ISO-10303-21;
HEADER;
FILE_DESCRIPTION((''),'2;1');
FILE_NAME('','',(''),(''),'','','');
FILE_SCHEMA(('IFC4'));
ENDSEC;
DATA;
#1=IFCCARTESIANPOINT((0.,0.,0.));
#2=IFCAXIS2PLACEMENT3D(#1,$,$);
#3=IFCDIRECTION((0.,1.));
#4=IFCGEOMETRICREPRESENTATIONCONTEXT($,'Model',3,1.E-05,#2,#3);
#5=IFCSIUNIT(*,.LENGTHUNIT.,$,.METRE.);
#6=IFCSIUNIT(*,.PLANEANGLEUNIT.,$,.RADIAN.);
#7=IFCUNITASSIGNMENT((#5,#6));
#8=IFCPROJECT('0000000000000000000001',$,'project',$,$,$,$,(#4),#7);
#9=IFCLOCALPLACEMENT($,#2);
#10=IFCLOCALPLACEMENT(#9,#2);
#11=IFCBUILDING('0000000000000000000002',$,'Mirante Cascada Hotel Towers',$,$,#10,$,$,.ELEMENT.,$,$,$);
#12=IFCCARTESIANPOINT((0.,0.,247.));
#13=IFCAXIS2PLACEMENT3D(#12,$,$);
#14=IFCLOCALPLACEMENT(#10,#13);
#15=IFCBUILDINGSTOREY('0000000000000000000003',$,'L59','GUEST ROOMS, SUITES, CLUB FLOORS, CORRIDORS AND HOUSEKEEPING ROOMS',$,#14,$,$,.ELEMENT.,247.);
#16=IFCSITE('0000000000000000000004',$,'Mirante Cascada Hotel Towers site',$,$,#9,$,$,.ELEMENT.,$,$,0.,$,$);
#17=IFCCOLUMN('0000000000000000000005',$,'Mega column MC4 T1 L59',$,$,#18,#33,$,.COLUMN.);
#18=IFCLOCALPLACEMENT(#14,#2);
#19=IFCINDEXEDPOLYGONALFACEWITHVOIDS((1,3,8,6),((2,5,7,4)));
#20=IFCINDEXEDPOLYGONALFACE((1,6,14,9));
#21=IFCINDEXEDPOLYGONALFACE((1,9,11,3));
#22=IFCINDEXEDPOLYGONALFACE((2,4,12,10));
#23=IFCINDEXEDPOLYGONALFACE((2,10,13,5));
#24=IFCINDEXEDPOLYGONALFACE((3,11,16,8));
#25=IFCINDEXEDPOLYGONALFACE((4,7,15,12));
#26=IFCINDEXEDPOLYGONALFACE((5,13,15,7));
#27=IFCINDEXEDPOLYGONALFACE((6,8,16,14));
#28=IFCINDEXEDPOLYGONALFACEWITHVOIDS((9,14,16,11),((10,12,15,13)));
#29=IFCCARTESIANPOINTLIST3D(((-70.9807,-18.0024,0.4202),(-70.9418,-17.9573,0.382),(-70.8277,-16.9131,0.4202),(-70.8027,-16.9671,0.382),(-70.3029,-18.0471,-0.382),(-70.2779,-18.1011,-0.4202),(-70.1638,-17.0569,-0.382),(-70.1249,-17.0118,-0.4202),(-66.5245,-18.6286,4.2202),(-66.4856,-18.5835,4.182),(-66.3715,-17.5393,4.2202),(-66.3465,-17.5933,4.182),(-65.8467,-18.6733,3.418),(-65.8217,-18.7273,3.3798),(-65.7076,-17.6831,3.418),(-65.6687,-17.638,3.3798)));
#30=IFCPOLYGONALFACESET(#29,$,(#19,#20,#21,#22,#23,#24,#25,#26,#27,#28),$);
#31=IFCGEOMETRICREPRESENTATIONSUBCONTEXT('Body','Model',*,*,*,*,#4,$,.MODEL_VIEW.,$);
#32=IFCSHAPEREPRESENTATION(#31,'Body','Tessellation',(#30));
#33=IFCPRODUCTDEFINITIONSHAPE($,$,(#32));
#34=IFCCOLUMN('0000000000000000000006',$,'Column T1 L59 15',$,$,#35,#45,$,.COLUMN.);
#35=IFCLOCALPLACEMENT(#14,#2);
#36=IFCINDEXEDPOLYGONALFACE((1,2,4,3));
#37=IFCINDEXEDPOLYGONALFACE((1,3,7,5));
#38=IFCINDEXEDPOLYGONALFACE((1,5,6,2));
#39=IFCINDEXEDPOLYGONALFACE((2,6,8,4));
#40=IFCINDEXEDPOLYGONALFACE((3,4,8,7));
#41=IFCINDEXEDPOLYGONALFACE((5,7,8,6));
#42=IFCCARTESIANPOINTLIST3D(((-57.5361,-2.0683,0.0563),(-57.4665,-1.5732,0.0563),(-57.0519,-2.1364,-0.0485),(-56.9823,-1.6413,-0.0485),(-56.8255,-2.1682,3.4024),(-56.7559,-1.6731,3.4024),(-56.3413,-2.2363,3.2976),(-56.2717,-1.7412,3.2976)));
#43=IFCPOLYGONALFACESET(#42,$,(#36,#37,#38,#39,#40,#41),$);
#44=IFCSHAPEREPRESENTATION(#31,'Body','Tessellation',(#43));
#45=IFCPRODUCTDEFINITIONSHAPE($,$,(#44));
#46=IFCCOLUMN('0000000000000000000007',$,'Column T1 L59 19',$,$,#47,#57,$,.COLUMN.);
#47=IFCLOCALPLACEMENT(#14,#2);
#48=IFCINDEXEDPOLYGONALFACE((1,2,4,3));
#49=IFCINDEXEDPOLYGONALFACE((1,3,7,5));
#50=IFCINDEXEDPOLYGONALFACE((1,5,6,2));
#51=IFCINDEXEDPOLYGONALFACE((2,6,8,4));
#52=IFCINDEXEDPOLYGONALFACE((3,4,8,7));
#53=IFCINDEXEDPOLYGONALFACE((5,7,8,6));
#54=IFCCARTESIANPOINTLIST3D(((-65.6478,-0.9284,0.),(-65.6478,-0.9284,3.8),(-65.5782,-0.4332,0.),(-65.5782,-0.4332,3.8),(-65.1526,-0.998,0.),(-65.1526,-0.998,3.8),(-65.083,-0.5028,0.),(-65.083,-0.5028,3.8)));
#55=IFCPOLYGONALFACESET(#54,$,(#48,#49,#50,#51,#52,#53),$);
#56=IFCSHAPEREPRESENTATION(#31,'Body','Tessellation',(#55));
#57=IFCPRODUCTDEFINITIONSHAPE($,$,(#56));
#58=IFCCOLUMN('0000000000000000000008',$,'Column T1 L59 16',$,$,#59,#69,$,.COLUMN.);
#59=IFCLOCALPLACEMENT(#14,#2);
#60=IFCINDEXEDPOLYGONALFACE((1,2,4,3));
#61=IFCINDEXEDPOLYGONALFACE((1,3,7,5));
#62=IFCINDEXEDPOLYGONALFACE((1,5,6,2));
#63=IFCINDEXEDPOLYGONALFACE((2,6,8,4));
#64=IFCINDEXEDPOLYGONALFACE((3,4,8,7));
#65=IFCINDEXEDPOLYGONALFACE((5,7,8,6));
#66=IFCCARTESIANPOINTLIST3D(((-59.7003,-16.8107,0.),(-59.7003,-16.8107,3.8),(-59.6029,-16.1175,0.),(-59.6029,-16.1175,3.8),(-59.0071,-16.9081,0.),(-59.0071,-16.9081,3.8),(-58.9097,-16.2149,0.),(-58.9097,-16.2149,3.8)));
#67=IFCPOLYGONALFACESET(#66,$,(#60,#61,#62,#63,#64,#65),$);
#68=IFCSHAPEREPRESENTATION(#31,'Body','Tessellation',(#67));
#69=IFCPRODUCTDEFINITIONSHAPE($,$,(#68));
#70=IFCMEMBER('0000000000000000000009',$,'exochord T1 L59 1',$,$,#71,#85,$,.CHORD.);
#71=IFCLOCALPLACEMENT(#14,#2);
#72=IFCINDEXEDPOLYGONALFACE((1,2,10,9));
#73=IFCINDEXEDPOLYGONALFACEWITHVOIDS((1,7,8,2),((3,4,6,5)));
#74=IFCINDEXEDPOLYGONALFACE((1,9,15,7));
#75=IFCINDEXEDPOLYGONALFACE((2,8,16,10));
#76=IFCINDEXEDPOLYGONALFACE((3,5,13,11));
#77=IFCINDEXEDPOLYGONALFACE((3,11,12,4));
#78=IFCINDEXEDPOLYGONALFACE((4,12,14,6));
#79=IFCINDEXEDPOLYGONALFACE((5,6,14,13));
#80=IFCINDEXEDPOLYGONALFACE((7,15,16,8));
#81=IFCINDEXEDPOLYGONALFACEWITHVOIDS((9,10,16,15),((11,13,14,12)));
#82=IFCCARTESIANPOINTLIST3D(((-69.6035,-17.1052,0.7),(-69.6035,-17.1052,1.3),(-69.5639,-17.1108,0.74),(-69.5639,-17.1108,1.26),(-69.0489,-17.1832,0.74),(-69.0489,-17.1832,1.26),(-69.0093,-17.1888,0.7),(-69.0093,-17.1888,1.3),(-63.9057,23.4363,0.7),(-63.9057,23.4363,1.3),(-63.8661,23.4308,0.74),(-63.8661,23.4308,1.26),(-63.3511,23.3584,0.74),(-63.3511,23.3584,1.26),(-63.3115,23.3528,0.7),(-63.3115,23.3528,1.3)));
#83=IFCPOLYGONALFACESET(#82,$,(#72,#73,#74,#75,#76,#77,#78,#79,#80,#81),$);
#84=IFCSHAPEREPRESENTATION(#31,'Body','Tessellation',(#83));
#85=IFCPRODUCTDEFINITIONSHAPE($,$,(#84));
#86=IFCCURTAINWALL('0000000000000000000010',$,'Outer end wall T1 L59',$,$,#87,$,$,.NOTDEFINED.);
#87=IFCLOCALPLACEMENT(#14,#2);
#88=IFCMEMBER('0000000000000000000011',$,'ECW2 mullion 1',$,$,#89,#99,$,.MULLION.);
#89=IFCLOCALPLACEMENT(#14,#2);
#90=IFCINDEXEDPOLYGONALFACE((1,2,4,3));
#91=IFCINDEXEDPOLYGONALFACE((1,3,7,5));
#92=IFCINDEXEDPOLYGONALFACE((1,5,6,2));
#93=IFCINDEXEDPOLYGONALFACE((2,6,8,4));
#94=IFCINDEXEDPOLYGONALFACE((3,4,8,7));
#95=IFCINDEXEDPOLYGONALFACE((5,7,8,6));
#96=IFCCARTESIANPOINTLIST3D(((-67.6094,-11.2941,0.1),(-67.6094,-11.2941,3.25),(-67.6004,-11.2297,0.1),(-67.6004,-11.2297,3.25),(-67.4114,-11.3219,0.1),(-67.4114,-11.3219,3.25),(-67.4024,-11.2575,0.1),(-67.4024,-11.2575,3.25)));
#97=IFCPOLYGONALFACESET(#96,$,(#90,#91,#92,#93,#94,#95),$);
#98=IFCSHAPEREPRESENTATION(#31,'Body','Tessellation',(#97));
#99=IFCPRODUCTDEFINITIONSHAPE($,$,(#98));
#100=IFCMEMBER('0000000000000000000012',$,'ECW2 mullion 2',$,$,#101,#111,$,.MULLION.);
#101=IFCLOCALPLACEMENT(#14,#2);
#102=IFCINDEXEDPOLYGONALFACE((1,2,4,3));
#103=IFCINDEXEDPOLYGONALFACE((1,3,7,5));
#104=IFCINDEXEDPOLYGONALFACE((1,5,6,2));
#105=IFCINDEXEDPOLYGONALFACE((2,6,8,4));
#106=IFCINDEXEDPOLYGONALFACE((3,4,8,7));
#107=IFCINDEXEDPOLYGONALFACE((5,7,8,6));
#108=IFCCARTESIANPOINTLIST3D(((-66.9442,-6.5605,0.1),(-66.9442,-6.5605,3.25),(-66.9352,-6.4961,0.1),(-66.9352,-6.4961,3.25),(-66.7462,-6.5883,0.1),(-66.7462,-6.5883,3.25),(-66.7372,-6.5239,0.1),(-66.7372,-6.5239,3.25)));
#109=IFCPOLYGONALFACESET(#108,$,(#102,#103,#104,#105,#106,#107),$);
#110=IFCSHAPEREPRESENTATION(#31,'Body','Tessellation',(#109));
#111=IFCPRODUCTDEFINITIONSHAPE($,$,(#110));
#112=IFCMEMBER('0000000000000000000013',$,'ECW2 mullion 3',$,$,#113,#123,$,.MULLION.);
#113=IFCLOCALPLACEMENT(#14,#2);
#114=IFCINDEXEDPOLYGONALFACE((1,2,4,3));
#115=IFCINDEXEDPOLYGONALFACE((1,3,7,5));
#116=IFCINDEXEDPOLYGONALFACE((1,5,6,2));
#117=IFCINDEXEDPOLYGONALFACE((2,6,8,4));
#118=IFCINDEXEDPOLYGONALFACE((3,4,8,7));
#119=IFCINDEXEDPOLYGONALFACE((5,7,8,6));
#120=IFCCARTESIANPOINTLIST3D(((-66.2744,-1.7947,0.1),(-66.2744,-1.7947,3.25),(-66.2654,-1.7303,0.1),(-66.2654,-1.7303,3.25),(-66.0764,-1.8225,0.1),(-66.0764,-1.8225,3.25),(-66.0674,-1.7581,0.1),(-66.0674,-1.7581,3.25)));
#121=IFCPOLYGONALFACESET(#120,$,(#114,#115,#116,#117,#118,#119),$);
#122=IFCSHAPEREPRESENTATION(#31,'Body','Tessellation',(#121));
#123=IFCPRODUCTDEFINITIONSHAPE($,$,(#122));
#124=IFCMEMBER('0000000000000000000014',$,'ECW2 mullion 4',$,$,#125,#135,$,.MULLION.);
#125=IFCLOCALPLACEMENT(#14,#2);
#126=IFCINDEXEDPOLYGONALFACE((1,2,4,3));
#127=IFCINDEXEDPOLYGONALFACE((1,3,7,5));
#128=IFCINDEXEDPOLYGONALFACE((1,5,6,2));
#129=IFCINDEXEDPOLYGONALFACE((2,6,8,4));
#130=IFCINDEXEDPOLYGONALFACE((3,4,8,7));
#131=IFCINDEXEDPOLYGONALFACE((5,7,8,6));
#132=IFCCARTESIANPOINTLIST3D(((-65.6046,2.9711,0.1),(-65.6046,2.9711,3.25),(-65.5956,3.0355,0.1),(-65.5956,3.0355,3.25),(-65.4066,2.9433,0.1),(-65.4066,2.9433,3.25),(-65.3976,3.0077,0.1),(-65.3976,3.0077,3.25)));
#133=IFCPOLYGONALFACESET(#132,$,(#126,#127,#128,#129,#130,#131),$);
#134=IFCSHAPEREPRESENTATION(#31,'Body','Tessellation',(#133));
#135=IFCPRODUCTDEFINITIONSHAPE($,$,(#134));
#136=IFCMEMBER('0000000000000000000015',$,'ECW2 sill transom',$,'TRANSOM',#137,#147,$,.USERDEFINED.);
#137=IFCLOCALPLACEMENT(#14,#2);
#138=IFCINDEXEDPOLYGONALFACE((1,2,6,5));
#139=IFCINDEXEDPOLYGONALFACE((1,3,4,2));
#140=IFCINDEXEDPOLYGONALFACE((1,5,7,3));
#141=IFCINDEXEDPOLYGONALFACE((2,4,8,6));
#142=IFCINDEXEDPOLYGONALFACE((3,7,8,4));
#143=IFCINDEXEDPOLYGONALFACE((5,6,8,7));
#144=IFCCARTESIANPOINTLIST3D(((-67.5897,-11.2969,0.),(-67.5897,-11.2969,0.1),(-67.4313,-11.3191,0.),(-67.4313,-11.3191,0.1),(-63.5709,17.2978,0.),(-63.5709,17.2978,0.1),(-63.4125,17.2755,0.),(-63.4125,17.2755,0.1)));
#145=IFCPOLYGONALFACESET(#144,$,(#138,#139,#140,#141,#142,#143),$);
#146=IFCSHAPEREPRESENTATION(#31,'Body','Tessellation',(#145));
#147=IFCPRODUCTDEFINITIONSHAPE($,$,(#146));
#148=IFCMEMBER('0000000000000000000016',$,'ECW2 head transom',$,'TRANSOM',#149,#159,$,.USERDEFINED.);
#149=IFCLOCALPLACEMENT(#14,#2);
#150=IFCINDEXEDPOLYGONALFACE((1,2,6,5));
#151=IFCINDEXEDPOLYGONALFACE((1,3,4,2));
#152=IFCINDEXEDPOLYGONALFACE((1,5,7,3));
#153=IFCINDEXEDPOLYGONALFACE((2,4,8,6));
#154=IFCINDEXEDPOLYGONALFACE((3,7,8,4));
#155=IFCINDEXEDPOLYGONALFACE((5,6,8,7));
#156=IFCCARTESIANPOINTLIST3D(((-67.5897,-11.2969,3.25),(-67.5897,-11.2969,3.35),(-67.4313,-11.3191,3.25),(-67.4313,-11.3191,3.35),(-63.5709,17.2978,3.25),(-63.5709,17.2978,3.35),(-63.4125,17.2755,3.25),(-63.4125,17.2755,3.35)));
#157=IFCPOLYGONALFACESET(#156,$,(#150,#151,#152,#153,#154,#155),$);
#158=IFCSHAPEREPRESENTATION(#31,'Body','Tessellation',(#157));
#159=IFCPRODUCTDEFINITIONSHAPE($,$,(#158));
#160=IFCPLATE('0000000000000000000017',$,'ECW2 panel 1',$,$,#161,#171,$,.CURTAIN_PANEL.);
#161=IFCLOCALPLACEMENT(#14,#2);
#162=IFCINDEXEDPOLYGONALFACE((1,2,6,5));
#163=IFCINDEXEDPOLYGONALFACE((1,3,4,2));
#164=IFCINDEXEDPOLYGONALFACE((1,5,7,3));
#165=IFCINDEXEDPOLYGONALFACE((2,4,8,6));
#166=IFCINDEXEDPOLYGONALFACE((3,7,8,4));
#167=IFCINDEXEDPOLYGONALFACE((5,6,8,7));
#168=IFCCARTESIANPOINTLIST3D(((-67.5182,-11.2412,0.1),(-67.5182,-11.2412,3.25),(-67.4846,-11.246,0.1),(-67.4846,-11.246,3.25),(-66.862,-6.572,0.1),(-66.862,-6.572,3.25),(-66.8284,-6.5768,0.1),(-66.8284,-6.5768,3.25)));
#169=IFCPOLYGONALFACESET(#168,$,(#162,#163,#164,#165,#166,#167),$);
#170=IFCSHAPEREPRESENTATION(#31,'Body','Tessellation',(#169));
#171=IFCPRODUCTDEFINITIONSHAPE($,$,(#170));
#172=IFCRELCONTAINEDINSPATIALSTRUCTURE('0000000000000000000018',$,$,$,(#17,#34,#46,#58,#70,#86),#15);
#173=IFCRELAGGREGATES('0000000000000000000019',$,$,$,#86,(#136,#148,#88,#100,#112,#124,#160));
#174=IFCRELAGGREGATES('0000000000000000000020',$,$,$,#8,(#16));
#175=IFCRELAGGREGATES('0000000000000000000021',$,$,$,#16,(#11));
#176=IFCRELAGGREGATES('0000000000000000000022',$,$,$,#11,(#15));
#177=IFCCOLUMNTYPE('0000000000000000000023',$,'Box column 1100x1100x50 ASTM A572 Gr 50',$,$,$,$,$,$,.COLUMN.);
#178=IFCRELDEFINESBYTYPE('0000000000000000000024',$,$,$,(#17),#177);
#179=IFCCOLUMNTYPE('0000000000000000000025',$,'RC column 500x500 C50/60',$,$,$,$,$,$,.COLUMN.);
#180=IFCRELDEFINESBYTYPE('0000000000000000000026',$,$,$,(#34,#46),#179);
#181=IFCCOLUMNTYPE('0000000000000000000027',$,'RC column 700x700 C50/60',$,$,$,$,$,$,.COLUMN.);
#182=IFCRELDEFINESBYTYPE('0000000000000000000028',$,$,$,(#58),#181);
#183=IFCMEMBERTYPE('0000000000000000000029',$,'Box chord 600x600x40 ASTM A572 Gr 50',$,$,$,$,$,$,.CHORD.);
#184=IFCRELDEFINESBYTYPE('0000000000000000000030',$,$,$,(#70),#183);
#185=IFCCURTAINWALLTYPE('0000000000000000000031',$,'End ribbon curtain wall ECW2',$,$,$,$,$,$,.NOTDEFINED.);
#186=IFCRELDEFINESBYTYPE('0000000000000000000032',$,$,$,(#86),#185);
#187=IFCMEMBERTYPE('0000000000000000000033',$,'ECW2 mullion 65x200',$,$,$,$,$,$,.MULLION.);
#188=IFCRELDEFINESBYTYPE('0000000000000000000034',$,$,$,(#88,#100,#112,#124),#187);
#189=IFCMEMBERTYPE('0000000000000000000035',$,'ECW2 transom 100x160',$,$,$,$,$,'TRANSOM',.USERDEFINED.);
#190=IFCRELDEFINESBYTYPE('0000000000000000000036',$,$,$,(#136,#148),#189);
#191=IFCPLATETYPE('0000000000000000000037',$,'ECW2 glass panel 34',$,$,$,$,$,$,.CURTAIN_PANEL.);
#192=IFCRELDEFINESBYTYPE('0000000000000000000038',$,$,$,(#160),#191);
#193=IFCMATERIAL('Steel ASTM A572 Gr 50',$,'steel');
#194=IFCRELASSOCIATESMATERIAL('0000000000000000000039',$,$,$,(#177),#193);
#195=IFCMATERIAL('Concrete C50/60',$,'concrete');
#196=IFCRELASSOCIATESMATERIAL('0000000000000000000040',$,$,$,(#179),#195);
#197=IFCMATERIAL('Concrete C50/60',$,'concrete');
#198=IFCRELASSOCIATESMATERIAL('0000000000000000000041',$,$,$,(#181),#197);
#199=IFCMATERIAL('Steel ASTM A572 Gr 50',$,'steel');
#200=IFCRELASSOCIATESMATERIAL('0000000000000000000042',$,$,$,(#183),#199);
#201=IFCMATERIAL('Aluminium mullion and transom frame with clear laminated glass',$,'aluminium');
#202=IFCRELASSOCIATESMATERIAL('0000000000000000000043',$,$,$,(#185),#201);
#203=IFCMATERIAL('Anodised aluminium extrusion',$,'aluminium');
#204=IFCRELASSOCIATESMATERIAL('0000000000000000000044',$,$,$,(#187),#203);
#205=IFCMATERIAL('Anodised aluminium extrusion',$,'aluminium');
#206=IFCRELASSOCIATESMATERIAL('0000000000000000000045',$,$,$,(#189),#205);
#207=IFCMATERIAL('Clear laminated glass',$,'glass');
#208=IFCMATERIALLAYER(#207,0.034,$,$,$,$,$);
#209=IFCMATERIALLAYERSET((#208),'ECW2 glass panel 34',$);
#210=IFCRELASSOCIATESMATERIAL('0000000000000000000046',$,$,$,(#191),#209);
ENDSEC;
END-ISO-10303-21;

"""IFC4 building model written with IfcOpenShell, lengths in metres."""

from ifc_helpers import new_model, si_unit, direction, frame, origin, origin_2d, place, context, subcontext, project, spatial, rectangle, hollow_rectangle, extrude, material, layer, layer_set, material_profile, profile_set, type_object, element, aggregate, save


model = new_model("IFC4")

# Units and contexts
model_context = context("Model", 3, precision=1e-05, world=origin(), true_north=direction((0.0, 1.0)))
body_context = subcontext(model_context, "Body", "Model", "MODEL_VIEW")
ifc_project = project(units=[si_unit("LENGTHUNIT", "METRE"), si_unit("PLANEANGLEUNIT", "RADIAN")], contexts=[model_context])

# Site, building, storey
site_placement = place(None, origin())
site = spatial("IfcSite", under=ifc_project, at=site_placement, Name="Mirante Cascada Hotel Towers site", CompositionType="ELEMENT", RefElevation=0.0)
building_placement = place(site_placement, origin())
building = spatial("IfcBuilding", under=site, at=building_placement, Name="Mirante Cascada Hotel Towers", CompositionType="ELEMENT")
storey_placement = place(building_placement, frame((0.0, 0.0, 247.0)))
storey = spatial("IfcBuildingStorey", under=building, at=storey_placement, Name="L59", Description="GUEST ROOMS, SUITES, CLUB FLOORS, CORRIDORS AND HOUSEKEEPING ROOMS", CompositionType="ELEMENT", Elevation=247.0)

# Columns
ifc_material_1 = material(Name="Steel ASTM A572 Gr 50", Category="steel")
ifc_material_profile_1 = material_profile(ifc_material_1, hollow_rectangle(XDim=1.1, YDim=1.1, WallThickness=0.05, at=origin_2d()), Name="Box column 1100x1100x50 ASTM A572 Gr 50")
ifc_profile_set_1 = profile_set([ifc_material_profile_1], Name="Steel ASTM A572 Gr 50")
column_type_1 = type_object("IfcColumnType", Name="Box column 1100x1100x50 ASTM A572 Gr 50", PredefinedType="COLUMN", material=ifc_profile_set_1)
column_1_placement = place(storey_placement, frame((-70.5528, -17.5071, 0.0), z_axis=(0.756595, -0.106319, 0.645182), x_axis=(0.139156, 0.990271, 0.0)))
element("IfcColumn", 1, at=column_1_placement, inside=storey, type_object=column_type_1, Name="Mega column MC4 T1 L59", PredefinedType="COLUMN", context=body_context, shape_type="SweptSolid", body=[
    extrude(hollow_rectangle(XDim=1.1, YDim=1.1, WallThickness=0.05, at=origin_2d()), origin(), (0.0, 0.0, 1.0), 5.8898),
])
ifc_material_2 = material(Name="Concrete C50/60", Category="concrete")
ifc_material_profile_2 = material_profile(ifc_material_2, rectangle(XDim=0.5, YDim=0.5, at=origin_2d()), Name="RC column 500x500 C50/60")
ifc_profile_set_2 = profile_set([ifc_material_profile_2], Name="Concrete C50/60")
column_type_2 = type_object("IfcColumnType", Name="RC column 500x500 C50/60", PredefinedType="COLUMN", material=ifc_profile_set_2)
column_2_placement = place(storey_placement, frame((-57.2592, -1.8548, 0.0039), z_axis=(0.207645, -0.029192, 0.977769), x_axis=(0.139216, 0.990262, 0.0)))
element("IfcColumn", 2, at=column_2_placement, inside=storey, type_object=column_type_2, Name="Column T1 L59 15", PredefinedType="COLUMN", context=body_context, shape_type="SweptSolid", body=[
    extrude(rectangle(XDim=0.5, YDim=0.5, at=origin_2d()), origin(), (0.0, 0.0, 1.0), 3.4222),
])
column_3_placement = place(storey_placement, frame((-65.3654, -0.7156, 0.0), z_axis=(0.0, 0.0, 1.0), x_axis=(-0.990268, 0.139173, 0.0)))
element("IfcColumn", 3, at=column_3_placement, inside=storey, type_object=column_type_2, Name="Column T1 L59 19", PredefinedType="COLUMN", context=body_context, shape_type="SweptSolid", body=[
    extrude(rectangle(XDim=0.5, YDim=0.5, at=origin_2d()), origin(), (0.0, 0.0, 1.0), 3.8),
])
ifc_material_3 = material(Name="Concrete C50/60", Category="concrete")
ifc_material_profile_3 = material_profile(ifc_material_3, rectangle(XDim=0.7, YDim=0.7, at=origin_2d()), Name="RC column 700x700 C50/60")
ifc_profile_set_3 = profile_set([ifc_material_profile_3], Name="Concrete C50/60")
column_type_3 = type_object("IfcColumnType", Name="RC column 700x700 C50/60", PredefinedType="COLUMN", material=ifc_profile_set_3)
column_4_placement = place(storey_placement, frame((-59.305, -16.5128, 0.0), z_axis=(0.0, 0.0, 1.0), x_axis=(-0.990268, 0.139173, 0.0)))
element("IfcColumn", 4, at=column_4_placement, inside=storey, type_object=column_type_3, Name="Column T1 L59 16", PredefinedType="COLUMN", context=body_context, shape_type="SweptSolid", body=[
    extrude(rectangle(XDim=0.7, YDim=0.7, at=origin_2d()), origin(), (0.0, 0.0, 1.0), 3.8),
])

# Member
ifc_material_4 = material(Name="Steel ASTM A572 Gr 50", Category="steel")
ifc_material_profile_4 = material_profile(ifc_material_4, hollow_rectangle(XDim=0.6, YDim=0.6, WallThickness=0.04, at=origin_2d()), Name="Box chord 600x600x40 ASTM A572 Gr 50")
ifc_profile_set_4 = profile_set([ifc_material_profile_4], Name="Steel ASTM A572 Gr 50")
member_type_1 = type_object("IfcMemberType", Name="Box chord 600x600x40 ASTM A572 Gr 50", PredefinedType="CHORD", material=ifc_profile_set_4)
member_1_placement = place(storey_placement, frame((-69.3064, -17.147, 1.0), z_axis=(0.139174, 0.990268, 0.0), x_axis=(-0.990268, 0.139174, 0.0)))
element("IfcMember", 5, at=member_1_placement, inside=storey, type_object=member_type_1, Name="exochord T1 L59 1", PredefinedType="CHORD", context=body_context, shape_type="SweptSolid", body=[
    extrude(hollow_rectangle(XDim=0.6, YDim=0.6, WallThickness=0.04, at=origin_2d()), origin(), (0.0, 0.0, 1.0), 40.94),
])

# Curtain wall, members, plate
ifc_material_5 = material(Name="Aluminium mullion and transom frame with clear laminated glass", Category="aluminium")
curtain_wall_type = type_object("IfcCurtainWallType", Name="End ribbon curtain wall ECW2", PredefinedType="NOTDEFINED", material=ifc_material_5)
curtain_wall_placement = place(storey_placement, origin())
curtain_wall = element("IfcCurtainWall", 6, at=curtain_wall_placement, inside=storey, type_object=curtain_wall_type, Name="Outer end wall T1 L59", PredefinedType="NOTDEFINED")
ifc_material_6 = material(Name="Anodised aluminium extrusion", Category="aluminium")
ifc_material_profile_5 = material_profile(ifc_material_6, rectangle(XDim=0.2, YDim=0.065, at=origin_2d()), Name="ECW2 MULLION 65x200")
ifc_profile_set_5 = profile_set([ifc_material_profile_5], Name="Anodised aluminium extrusion")
member_type_2 = type_object("IfcMemberType", Name="ECW2 mullion 65x200", PredefinedType="MULLION", material=ifc_profile_set_5)
member_2_placement = place(storey_placement, frame((-67.5059, -11.2758, 0.1), z_axis=(0.0, 0.0, 1.0), x_axis=(-0.990268, 0.139173, 0.0)))
member_2 = element("IfcMember", 7, at=member_2_placement, type_object=member_type_2, Name="ECW2 mullion 1", PredefinedType="MULLION", context=body_context, shape_type="SweptSolid", body=[
    extrude(rectangle(XDim=0.2, YDim=0.065, at=origin_2d()), origin(), (0.0, 0.0, 1.0), 3.15),
])
member_3_placement = place(storey_placement, frame((-66.8407, -6.5422, 0.1), z_axis=(0.0, 0.0, 1.0), x_axis=(-0.990268, 0.139173, 0.0)))
member_3 = element("IfcMember", 8, at=member_3_placement, type_object=member_type_2, Name="ECW2 mullion 2", PredefinedType="MULLION", context=body_context, shape_type="SweptSolid", body=[
    extrude(rectangle(XDim=0.2, YDim=0.065, at=origin_2d()), origin(), (0.0, 0.0, 1.0), 3.15),
])
member_4_placement = place(storey_placement, frame((-66.1709, -1.7764, 0.1), z_axis=(0.0, 0.0, 1.0), x_axis=(-0.990268, 0.139173, 0.0)))
member_4 = element("IfcMember", 9, at=member_4_placement, type_object=member_type_2, Name="ECW2 mullion 3", PredefinedType="MULLION", context=body_context, shape_type="SweptSolid", body=[
    extrude(rectangle(XDim=0.2, YDim=0.065, at=origin_2d()), origin(), (0.0, 0.0, 1.0), 3.15),
])
member_5_placement = place(storey_placement, frame((-65.5011, 2.9894, 0.1), z_axis=(0.0, 0.0, 1.0), x_axis=(-0.990268, 0.139173, 0.0)))
member_5 = element("IfcMember", 10, at=member_5_placement, type_object=member_type_2, Name="ECW2 mullion 4", PredefinedType="MULLION", context=body_context, shape_type="SweptSolid", body=[
    extrude(rectangle(XDim=0.2, YDim=0.065, at=origin_2d()), origin(), (0.0, 0.0, 1.0), 3.15),
])
ifc_material_7 = material(Name="Anodised aluminium extrusion", Category="aluminium")
ifc_material_profile_6 = material_profile(ifc_material_7, rectangle(XDim=0.16, YDim=0.1, at=origin_2d()), Name="ECW2 TRANSOM 100x160")
ifc_profile_set_6 = profile_set([ifc_material_profile_6], Name="Anodised aluminium extrusion")
member_type_3 = type_object("IfcMemberType", Name="ECW2 transom 100x160", ElementType="TRANSOM", PredefinedType="USERDEFINED", material=ifc_profile_set_6)
member_6_placement = place(storey_placement, frame((-67.5105, -11.308, 0.05), z_axis=(0.139176, 0.990268, 0.0), x_axis=(-0.990268, 0.139176, 0.0)))
member_6 = element("IfcMember", 11, at=member_6_placement, type_object=member_type_3, Name="ECW2 sill transom", ObjectType="TRANSOM", PredefinedType="USERDEFINED", context=body_context, shape_type="SweptSolid", body=[
    extrude(rectangle(XDim=0.16, YDim=0.1, at=origin_2d()), origin(), (0.0, 0.0, 1.0), 28.8757),
])
member_7_placement = place(storey_placement, frame((-67.5105, -11.308, 3.3), z_axis=(0.139176, 0.990268, 0.0), x_axis=(-0.990268, 0.139176, 0.0)))
member_7 = element("IfcMember", 12, at=member_7_placement, type_object=member_type_3, Name="ECW2 head transom", ObjectType="TRANSOM", PredefinedType="USERDEFINED", context=body_context, shape_type="SweptSolid", body=[
    extrude(rectangle(XDim=0.16, YDim=0.1, at=origin_2d()), origin(), (0.0, 0.0, 1.0), 28.8757),
])
ifc_material_8 = material(Name="Clear laminated glass", Category="glass")
ifc_layer_1 = layer(ifc_material_8, 0.034)
ifc_layer_set_1 = layer_set([ifc_layer_1], Name="ECW2 glass panel 34")
plate_type_1 = type_object("IfcPlateType", Name="ECW2 glass panel 34", PredefinedType="CURTAIN_PANEL", material=ifc_layer_set_1)
plate_1_placement = place(storey_placement, frame((-67.1733, -8.909, 0.1), z_axis=(0.0, 0.0, 1.0), x_axis=(0.139173, 0.990268, 0.0)))
plate_1 = element("IfcPlate", 13, at=plate_1_placement, type_object=plate_type_1, Name="ECW2 panel 1", PredefinedType="CURTAIN_PANEL", context=body_context, shape_type="SweptSolid", body=[
    extrude(rectangle(XDim=4.7151, YDim=0.034, at=origin_2d()), origin(), (0.0, 0.0, 1.0), 3.15),
])
aggregate(curtain_wall, [member_6, member_7, member_2, member_3, member_4, member_5, plate_1])

save(model, "model.ifc")
